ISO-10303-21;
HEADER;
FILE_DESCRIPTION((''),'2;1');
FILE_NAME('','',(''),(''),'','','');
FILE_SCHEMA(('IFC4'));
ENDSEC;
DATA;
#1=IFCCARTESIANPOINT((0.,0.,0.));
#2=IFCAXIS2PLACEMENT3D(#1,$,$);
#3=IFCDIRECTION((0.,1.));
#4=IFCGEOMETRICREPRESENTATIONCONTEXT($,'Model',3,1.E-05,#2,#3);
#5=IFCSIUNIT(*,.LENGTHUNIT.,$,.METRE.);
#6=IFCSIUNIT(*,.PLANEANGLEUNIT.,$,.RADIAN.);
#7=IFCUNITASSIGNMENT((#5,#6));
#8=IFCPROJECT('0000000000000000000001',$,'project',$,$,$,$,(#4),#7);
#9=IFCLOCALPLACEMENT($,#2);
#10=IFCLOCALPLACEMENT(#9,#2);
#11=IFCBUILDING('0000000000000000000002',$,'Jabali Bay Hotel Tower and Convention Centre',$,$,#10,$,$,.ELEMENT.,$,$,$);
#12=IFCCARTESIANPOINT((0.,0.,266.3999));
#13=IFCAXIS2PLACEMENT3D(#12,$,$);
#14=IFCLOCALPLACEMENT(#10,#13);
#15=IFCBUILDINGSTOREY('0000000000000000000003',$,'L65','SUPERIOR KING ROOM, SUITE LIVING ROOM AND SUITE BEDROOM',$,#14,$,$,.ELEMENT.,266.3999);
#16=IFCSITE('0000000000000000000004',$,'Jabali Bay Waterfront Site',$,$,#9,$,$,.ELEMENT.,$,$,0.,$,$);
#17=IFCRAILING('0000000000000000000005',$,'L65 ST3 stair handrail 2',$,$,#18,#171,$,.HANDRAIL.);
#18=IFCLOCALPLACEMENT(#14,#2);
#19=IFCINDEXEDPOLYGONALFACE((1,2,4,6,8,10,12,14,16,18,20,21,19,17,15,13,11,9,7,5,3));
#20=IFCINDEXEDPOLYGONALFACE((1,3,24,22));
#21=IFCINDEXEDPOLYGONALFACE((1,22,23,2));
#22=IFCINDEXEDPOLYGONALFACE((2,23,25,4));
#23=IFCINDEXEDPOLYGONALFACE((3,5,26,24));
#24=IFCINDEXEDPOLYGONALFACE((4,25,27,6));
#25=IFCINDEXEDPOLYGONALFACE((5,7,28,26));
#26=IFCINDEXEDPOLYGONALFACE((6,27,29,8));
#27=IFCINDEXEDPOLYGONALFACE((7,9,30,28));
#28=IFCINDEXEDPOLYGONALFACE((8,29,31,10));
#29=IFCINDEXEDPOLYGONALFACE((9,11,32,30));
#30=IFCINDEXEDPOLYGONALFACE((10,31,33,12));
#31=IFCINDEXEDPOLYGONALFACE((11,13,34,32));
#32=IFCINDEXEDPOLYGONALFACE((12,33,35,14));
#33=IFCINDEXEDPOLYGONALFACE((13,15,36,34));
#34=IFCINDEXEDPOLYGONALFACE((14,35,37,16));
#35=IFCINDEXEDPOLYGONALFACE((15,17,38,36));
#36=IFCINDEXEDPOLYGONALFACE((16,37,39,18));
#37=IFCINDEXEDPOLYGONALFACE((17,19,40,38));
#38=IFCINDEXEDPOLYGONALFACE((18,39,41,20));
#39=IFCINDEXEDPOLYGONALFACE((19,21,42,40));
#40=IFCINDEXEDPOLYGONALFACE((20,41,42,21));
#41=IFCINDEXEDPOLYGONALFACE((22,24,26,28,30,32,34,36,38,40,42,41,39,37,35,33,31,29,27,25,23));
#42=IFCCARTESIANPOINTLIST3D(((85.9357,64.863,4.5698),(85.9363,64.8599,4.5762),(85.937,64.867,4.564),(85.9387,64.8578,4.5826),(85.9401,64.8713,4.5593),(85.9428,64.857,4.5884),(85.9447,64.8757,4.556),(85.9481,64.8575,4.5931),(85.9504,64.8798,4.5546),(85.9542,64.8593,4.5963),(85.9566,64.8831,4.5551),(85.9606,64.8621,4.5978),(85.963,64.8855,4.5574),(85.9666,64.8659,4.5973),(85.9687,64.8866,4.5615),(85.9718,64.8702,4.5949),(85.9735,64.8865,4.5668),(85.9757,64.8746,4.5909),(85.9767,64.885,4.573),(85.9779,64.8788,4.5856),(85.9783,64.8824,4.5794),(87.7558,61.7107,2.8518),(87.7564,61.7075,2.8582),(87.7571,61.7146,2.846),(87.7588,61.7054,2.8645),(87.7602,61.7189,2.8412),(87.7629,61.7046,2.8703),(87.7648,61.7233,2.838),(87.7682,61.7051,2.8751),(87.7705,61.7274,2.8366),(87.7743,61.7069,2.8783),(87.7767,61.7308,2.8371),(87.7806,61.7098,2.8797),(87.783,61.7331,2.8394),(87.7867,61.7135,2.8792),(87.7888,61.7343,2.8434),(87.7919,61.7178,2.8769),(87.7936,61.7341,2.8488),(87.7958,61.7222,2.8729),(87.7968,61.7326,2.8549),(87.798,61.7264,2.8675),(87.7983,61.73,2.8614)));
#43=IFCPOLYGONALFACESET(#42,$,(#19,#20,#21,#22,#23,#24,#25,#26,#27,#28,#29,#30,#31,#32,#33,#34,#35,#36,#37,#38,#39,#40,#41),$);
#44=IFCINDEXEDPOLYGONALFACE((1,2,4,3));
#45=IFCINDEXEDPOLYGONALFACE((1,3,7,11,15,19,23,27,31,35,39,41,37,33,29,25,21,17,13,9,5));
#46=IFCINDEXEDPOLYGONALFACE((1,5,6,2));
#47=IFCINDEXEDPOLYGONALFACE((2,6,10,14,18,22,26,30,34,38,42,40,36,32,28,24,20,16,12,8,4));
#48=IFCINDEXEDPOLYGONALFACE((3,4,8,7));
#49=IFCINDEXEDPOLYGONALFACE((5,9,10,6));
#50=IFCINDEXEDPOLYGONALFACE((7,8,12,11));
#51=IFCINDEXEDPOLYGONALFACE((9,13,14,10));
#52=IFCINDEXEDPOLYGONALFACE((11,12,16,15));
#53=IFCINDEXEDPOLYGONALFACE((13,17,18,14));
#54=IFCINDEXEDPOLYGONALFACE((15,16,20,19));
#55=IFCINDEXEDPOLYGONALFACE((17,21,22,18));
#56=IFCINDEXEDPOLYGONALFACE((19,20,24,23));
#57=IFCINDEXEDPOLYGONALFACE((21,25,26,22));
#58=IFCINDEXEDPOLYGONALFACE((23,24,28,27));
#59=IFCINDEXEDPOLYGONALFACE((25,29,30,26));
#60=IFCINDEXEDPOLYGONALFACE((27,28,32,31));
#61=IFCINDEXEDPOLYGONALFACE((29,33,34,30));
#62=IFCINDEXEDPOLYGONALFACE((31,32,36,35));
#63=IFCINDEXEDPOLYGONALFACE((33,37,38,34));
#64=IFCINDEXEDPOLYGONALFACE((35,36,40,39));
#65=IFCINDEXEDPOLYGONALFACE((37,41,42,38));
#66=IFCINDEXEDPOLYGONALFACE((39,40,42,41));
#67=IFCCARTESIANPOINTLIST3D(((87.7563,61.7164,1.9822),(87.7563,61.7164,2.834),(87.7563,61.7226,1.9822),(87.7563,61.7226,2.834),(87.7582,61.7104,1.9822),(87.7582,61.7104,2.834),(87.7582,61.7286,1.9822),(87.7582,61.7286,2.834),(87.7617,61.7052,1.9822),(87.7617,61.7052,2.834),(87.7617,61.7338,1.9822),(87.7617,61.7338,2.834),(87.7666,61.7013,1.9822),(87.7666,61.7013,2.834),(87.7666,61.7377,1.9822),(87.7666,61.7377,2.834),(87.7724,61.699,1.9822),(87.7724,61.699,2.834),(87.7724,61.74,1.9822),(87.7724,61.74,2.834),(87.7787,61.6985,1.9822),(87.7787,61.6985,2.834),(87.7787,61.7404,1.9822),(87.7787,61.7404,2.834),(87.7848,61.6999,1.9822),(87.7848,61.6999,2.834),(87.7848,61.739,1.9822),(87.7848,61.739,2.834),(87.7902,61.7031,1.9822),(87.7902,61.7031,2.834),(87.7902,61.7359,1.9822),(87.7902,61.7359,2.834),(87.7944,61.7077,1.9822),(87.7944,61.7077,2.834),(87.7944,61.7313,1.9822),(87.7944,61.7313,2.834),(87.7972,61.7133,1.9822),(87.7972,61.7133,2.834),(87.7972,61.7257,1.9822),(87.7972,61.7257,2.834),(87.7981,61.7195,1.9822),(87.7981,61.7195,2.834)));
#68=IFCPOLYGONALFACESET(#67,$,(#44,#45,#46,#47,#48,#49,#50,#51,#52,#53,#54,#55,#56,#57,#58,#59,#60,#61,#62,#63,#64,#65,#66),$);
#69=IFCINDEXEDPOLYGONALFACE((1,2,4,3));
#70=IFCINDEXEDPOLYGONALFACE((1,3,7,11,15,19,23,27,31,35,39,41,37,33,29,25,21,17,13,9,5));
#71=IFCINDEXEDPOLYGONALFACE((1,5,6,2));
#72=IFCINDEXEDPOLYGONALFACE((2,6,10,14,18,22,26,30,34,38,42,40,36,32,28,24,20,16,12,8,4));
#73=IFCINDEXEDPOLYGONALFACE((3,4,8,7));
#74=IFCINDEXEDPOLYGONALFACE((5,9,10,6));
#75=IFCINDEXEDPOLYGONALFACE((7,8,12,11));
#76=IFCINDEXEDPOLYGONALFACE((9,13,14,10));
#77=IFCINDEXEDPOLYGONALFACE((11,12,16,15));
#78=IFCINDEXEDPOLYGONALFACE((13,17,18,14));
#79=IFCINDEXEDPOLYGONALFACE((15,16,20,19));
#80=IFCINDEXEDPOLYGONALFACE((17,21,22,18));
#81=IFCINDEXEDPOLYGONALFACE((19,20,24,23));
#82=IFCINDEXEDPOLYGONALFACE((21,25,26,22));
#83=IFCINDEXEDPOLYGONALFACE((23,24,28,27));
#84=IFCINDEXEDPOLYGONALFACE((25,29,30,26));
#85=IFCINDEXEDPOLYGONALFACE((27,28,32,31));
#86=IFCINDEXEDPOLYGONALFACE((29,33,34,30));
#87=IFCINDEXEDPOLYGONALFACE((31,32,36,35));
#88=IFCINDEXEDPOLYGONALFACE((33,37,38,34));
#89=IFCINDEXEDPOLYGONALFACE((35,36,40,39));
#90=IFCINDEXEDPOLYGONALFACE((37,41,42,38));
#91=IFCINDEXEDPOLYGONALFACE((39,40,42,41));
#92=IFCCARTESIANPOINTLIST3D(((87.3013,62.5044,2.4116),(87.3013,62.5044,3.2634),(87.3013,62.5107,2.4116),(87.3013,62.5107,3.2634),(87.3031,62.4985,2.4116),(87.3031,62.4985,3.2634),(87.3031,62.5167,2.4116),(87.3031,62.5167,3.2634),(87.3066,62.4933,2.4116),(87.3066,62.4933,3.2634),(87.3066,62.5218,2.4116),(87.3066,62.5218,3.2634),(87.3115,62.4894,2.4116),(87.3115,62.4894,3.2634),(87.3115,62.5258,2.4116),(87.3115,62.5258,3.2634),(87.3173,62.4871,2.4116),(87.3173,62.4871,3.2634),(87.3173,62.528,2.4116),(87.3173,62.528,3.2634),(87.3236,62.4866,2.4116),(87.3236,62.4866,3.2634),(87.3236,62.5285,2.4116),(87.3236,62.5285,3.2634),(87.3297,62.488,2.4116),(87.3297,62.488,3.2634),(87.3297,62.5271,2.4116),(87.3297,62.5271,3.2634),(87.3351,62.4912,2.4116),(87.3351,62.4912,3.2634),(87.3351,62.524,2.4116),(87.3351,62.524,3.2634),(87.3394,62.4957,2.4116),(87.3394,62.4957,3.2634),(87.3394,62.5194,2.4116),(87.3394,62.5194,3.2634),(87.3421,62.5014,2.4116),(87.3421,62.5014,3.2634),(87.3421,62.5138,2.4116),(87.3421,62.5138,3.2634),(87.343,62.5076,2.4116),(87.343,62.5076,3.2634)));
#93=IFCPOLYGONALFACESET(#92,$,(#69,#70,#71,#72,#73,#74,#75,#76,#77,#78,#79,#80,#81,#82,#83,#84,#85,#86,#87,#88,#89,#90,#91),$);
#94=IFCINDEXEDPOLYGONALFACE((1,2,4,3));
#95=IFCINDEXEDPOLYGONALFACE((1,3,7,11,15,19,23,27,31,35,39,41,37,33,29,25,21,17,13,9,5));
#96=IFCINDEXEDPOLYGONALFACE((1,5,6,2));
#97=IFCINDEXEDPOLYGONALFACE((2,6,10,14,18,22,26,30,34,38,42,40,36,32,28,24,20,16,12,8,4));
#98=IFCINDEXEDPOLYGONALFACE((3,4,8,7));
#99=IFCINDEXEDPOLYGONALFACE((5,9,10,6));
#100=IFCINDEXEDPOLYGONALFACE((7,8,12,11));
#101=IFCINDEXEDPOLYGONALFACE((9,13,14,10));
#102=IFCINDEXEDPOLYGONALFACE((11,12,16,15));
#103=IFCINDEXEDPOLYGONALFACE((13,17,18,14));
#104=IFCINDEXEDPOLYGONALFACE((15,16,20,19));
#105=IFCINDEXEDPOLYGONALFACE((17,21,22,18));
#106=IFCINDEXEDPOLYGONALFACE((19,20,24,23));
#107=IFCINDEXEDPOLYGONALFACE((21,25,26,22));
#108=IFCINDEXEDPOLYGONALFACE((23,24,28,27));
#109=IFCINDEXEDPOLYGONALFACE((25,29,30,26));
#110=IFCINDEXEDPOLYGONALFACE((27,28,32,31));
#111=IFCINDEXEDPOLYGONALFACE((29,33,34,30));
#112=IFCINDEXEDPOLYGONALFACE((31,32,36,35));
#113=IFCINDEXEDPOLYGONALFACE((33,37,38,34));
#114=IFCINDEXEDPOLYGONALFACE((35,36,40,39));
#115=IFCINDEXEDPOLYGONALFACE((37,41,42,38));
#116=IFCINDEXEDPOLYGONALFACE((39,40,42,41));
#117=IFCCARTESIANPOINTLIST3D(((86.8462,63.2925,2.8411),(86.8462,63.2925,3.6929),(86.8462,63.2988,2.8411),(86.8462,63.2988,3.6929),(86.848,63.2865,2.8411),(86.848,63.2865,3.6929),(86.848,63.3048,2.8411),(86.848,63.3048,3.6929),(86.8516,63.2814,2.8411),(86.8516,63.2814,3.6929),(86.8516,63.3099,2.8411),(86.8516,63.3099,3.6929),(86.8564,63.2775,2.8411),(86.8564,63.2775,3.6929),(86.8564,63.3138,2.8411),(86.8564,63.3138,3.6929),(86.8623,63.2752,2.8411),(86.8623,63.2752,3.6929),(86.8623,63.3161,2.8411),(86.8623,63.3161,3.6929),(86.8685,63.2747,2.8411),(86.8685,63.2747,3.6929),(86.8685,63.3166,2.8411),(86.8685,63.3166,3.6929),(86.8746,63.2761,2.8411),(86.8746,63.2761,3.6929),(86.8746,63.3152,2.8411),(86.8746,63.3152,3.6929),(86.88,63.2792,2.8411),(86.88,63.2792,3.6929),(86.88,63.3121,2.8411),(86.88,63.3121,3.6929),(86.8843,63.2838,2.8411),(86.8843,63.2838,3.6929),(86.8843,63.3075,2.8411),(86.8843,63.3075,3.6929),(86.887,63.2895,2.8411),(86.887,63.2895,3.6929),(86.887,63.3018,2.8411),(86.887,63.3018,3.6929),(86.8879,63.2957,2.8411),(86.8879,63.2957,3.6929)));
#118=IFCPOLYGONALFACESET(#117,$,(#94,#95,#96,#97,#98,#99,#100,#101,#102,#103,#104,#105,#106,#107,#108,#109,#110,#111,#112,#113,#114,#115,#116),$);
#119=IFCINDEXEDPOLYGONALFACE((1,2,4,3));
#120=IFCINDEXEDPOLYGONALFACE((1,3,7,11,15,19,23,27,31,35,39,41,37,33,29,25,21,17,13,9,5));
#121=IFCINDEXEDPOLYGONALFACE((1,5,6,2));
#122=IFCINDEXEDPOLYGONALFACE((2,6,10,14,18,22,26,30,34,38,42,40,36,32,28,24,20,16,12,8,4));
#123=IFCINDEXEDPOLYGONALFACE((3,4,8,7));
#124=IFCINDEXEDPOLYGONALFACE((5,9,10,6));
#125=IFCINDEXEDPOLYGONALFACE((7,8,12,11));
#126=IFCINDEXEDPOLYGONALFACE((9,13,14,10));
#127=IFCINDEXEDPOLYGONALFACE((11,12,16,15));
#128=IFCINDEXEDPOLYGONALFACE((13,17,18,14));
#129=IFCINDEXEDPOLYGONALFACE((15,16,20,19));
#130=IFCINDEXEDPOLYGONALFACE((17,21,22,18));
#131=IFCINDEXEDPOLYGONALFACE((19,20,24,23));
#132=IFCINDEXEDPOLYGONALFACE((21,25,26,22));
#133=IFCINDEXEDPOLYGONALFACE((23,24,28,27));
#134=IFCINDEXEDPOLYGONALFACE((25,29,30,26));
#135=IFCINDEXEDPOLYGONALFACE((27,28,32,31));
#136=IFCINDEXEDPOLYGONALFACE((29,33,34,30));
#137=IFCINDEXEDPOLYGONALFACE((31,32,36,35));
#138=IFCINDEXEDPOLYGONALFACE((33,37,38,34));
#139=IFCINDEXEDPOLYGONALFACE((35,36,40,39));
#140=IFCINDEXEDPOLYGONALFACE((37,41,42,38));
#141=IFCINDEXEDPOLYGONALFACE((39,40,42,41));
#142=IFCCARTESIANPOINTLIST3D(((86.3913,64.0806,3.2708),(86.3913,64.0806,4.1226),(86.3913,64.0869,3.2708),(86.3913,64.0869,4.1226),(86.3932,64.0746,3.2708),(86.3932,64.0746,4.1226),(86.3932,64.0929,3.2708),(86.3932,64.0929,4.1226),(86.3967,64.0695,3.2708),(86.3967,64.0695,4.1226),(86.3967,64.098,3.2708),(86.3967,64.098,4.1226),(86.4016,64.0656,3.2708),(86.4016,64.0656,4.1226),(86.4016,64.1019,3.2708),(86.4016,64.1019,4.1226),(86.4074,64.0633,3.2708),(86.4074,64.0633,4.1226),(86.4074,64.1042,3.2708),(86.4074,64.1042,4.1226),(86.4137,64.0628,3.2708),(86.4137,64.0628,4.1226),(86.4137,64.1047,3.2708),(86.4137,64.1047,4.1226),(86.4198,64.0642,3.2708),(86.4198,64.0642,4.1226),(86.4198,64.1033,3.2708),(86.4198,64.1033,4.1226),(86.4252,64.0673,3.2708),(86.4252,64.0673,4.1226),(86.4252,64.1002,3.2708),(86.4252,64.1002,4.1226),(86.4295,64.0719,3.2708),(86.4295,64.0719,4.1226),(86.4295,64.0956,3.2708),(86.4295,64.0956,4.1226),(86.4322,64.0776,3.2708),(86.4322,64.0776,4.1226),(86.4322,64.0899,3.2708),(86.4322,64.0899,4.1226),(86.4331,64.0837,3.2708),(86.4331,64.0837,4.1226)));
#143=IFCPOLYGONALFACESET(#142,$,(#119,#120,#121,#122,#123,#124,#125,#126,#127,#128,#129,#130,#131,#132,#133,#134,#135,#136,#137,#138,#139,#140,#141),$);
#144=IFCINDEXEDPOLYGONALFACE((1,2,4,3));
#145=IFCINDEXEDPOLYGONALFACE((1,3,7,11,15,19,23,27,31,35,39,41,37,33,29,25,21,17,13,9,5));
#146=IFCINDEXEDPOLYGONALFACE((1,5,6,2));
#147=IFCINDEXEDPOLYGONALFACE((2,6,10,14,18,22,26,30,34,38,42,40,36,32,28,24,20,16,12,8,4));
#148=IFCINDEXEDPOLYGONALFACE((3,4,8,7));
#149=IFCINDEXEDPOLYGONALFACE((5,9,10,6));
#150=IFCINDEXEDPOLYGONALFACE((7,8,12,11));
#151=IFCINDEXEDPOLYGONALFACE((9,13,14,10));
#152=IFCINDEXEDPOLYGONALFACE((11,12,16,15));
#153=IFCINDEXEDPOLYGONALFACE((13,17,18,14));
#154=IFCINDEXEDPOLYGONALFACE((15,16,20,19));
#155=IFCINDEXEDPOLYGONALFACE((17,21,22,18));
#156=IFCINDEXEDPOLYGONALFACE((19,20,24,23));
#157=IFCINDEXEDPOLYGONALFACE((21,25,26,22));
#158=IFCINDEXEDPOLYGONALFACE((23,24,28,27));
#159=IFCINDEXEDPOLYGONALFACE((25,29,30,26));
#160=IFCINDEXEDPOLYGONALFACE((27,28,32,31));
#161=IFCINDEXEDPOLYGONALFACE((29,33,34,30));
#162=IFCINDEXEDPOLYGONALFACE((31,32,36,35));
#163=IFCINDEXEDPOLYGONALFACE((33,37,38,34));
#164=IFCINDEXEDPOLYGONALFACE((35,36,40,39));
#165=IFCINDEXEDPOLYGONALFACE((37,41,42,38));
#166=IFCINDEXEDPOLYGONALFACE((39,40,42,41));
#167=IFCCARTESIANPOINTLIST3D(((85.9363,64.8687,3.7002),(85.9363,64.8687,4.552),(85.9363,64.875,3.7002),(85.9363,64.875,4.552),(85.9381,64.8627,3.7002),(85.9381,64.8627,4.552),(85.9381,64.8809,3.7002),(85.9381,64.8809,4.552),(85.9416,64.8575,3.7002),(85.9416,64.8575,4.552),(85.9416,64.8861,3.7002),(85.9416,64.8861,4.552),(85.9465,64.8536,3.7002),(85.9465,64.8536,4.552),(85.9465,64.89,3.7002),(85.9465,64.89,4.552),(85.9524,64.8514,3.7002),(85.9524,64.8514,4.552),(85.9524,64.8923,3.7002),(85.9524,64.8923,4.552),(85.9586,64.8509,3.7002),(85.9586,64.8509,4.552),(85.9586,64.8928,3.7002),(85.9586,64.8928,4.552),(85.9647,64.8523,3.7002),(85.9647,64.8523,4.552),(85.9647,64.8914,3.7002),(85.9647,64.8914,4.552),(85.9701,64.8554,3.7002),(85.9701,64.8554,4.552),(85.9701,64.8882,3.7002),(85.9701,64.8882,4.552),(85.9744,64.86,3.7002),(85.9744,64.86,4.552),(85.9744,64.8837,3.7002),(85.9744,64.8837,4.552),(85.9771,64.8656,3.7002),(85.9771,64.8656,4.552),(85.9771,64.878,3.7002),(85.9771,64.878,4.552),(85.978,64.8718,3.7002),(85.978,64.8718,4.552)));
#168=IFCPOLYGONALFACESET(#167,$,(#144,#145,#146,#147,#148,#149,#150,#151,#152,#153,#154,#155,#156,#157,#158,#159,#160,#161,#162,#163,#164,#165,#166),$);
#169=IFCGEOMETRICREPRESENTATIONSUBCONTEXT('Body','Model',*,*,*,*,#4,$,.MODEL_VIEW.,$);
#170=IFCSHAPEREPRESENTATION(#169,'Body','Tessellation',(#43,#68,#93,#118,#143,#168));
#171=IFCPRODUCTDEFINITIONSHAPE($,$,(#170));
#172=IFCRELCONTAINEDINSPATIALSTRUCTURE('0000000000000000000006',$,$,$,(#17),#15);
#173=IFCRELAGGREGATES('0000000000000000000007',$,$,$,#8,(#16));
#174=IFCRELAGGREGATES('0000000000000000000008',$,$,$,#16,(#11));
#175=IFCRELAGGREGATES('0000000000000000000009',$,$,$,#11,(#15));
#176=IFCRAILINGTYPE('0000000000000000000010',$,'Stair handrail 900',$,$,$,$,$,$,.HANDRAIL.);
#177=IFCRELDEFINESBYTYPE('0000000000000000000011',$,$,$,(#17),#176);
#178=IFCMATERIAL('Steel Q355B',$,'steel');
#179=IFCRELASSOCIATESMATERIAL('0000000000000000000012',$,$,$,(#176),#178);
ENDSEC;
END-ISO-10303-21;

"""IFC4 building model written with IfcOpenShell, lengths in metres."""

from ifc_helpers import new_model, si_unit, direction, frame, origin, origin_2d, place, context, subcontext, project, spatial, circle, extrude, material, type_object, element, save


model = new_model("IFC4")

# Units and contexts
model_context = context("Model", 3, precision=1e-05, world=origin(), true_north=direction((0.0, 1.0)))
body_context = subcontext(model_context, "Body", "Model", "MODEL_VIEW")
ifc_project = project(units=[si_unit("LENGTHUNIT", "METRE"), si_unit("PLANEANGLEUNIT", "RADIAN")], contexts=[model_context])

# Site, building, storey
site_placement = place(None, origin())
site = spatial("IfcSite", under=ifc_project, at=site_placement, Name="Jabali Bay Waterfront Site", CompositionType="ELEMENT", RefElevation=0.0)
building_placement = place(site_placement, origin())
building = spatial("IfcBuilding", under=site, at=building_placement, Name="Jabali Bay Hotel Tower and Convention Centre", CompositionType="ELEMENT")
storey_placement = place(building_placement, frame((0.0, 0.0, 266.3999)))
storey = spatial("IfcBuildingStorey", under=building, at=storey_placement, Name="L65", Description="SUPERIOR KING ROOM, SUITE LIVING ROOM AND SUITE BEDROOM", CompositionType="ELEMENT", Elevation=266.3999)

# Railing
ifc_material_1 = material(Name="Steel Q355B", Category="steel")
railing_type_1 = type_object("IfcRailingType", Name="Stair handrail 900", PredefinedType="HANDRAIL", material=ifc_material_1)
railing_1_placement = place(storey_placement, frame((87.7771, 61.7195, 1.9822)))
element("IfcRailing", 1, at=railing_1_placement, inside=storey, type_object=railing_type_1, Name="L65 ST3 stair handrail 2", PredefinedType="HANDRAIL", context=body_context, shape_type="SweptSolid", body=[
    extrude(circle(Radius=0.0239, at=origin_2d()), frame((0.0, 0.0, 0.876), z_axis=(-0.452179, 0.78317, 0.426825), x_axis=(-0.866018, -0.500013, 0.0)), (0.0, 0.0, 1.0), 4.0251),
    extrude(circle(Radius=0.021, at=origin_2d()), origin(), (0.0, 0.0, 1.0), 0.8518),
    extrude(circle(Radius=0.021, at=origin_2d()), frame((-0.4551, 0.7881, 0.4294)), (0.0, 0.0, 1.0), 0.8518),
    extrude(circle(Radius=0.021, at=origin_2d()), frame((-0.9102, 1.5762, 0.8589)), (0.0, 0.0, 1.0), 0.8518),
    extrude(circle(Radius=0.021, at=origin_2d()), frame((-1.365, 2.3643, 1.2886)), (0.0, 0.0, 1.0), 0.8518),
    extrude(circle(Radius=0.021, at=origin_2d()), frame((-1.8201, 3.1523, 1.718)), (0.0, 0.0, 1.0), 0.8518),
])

save(model, "model.ifc")
